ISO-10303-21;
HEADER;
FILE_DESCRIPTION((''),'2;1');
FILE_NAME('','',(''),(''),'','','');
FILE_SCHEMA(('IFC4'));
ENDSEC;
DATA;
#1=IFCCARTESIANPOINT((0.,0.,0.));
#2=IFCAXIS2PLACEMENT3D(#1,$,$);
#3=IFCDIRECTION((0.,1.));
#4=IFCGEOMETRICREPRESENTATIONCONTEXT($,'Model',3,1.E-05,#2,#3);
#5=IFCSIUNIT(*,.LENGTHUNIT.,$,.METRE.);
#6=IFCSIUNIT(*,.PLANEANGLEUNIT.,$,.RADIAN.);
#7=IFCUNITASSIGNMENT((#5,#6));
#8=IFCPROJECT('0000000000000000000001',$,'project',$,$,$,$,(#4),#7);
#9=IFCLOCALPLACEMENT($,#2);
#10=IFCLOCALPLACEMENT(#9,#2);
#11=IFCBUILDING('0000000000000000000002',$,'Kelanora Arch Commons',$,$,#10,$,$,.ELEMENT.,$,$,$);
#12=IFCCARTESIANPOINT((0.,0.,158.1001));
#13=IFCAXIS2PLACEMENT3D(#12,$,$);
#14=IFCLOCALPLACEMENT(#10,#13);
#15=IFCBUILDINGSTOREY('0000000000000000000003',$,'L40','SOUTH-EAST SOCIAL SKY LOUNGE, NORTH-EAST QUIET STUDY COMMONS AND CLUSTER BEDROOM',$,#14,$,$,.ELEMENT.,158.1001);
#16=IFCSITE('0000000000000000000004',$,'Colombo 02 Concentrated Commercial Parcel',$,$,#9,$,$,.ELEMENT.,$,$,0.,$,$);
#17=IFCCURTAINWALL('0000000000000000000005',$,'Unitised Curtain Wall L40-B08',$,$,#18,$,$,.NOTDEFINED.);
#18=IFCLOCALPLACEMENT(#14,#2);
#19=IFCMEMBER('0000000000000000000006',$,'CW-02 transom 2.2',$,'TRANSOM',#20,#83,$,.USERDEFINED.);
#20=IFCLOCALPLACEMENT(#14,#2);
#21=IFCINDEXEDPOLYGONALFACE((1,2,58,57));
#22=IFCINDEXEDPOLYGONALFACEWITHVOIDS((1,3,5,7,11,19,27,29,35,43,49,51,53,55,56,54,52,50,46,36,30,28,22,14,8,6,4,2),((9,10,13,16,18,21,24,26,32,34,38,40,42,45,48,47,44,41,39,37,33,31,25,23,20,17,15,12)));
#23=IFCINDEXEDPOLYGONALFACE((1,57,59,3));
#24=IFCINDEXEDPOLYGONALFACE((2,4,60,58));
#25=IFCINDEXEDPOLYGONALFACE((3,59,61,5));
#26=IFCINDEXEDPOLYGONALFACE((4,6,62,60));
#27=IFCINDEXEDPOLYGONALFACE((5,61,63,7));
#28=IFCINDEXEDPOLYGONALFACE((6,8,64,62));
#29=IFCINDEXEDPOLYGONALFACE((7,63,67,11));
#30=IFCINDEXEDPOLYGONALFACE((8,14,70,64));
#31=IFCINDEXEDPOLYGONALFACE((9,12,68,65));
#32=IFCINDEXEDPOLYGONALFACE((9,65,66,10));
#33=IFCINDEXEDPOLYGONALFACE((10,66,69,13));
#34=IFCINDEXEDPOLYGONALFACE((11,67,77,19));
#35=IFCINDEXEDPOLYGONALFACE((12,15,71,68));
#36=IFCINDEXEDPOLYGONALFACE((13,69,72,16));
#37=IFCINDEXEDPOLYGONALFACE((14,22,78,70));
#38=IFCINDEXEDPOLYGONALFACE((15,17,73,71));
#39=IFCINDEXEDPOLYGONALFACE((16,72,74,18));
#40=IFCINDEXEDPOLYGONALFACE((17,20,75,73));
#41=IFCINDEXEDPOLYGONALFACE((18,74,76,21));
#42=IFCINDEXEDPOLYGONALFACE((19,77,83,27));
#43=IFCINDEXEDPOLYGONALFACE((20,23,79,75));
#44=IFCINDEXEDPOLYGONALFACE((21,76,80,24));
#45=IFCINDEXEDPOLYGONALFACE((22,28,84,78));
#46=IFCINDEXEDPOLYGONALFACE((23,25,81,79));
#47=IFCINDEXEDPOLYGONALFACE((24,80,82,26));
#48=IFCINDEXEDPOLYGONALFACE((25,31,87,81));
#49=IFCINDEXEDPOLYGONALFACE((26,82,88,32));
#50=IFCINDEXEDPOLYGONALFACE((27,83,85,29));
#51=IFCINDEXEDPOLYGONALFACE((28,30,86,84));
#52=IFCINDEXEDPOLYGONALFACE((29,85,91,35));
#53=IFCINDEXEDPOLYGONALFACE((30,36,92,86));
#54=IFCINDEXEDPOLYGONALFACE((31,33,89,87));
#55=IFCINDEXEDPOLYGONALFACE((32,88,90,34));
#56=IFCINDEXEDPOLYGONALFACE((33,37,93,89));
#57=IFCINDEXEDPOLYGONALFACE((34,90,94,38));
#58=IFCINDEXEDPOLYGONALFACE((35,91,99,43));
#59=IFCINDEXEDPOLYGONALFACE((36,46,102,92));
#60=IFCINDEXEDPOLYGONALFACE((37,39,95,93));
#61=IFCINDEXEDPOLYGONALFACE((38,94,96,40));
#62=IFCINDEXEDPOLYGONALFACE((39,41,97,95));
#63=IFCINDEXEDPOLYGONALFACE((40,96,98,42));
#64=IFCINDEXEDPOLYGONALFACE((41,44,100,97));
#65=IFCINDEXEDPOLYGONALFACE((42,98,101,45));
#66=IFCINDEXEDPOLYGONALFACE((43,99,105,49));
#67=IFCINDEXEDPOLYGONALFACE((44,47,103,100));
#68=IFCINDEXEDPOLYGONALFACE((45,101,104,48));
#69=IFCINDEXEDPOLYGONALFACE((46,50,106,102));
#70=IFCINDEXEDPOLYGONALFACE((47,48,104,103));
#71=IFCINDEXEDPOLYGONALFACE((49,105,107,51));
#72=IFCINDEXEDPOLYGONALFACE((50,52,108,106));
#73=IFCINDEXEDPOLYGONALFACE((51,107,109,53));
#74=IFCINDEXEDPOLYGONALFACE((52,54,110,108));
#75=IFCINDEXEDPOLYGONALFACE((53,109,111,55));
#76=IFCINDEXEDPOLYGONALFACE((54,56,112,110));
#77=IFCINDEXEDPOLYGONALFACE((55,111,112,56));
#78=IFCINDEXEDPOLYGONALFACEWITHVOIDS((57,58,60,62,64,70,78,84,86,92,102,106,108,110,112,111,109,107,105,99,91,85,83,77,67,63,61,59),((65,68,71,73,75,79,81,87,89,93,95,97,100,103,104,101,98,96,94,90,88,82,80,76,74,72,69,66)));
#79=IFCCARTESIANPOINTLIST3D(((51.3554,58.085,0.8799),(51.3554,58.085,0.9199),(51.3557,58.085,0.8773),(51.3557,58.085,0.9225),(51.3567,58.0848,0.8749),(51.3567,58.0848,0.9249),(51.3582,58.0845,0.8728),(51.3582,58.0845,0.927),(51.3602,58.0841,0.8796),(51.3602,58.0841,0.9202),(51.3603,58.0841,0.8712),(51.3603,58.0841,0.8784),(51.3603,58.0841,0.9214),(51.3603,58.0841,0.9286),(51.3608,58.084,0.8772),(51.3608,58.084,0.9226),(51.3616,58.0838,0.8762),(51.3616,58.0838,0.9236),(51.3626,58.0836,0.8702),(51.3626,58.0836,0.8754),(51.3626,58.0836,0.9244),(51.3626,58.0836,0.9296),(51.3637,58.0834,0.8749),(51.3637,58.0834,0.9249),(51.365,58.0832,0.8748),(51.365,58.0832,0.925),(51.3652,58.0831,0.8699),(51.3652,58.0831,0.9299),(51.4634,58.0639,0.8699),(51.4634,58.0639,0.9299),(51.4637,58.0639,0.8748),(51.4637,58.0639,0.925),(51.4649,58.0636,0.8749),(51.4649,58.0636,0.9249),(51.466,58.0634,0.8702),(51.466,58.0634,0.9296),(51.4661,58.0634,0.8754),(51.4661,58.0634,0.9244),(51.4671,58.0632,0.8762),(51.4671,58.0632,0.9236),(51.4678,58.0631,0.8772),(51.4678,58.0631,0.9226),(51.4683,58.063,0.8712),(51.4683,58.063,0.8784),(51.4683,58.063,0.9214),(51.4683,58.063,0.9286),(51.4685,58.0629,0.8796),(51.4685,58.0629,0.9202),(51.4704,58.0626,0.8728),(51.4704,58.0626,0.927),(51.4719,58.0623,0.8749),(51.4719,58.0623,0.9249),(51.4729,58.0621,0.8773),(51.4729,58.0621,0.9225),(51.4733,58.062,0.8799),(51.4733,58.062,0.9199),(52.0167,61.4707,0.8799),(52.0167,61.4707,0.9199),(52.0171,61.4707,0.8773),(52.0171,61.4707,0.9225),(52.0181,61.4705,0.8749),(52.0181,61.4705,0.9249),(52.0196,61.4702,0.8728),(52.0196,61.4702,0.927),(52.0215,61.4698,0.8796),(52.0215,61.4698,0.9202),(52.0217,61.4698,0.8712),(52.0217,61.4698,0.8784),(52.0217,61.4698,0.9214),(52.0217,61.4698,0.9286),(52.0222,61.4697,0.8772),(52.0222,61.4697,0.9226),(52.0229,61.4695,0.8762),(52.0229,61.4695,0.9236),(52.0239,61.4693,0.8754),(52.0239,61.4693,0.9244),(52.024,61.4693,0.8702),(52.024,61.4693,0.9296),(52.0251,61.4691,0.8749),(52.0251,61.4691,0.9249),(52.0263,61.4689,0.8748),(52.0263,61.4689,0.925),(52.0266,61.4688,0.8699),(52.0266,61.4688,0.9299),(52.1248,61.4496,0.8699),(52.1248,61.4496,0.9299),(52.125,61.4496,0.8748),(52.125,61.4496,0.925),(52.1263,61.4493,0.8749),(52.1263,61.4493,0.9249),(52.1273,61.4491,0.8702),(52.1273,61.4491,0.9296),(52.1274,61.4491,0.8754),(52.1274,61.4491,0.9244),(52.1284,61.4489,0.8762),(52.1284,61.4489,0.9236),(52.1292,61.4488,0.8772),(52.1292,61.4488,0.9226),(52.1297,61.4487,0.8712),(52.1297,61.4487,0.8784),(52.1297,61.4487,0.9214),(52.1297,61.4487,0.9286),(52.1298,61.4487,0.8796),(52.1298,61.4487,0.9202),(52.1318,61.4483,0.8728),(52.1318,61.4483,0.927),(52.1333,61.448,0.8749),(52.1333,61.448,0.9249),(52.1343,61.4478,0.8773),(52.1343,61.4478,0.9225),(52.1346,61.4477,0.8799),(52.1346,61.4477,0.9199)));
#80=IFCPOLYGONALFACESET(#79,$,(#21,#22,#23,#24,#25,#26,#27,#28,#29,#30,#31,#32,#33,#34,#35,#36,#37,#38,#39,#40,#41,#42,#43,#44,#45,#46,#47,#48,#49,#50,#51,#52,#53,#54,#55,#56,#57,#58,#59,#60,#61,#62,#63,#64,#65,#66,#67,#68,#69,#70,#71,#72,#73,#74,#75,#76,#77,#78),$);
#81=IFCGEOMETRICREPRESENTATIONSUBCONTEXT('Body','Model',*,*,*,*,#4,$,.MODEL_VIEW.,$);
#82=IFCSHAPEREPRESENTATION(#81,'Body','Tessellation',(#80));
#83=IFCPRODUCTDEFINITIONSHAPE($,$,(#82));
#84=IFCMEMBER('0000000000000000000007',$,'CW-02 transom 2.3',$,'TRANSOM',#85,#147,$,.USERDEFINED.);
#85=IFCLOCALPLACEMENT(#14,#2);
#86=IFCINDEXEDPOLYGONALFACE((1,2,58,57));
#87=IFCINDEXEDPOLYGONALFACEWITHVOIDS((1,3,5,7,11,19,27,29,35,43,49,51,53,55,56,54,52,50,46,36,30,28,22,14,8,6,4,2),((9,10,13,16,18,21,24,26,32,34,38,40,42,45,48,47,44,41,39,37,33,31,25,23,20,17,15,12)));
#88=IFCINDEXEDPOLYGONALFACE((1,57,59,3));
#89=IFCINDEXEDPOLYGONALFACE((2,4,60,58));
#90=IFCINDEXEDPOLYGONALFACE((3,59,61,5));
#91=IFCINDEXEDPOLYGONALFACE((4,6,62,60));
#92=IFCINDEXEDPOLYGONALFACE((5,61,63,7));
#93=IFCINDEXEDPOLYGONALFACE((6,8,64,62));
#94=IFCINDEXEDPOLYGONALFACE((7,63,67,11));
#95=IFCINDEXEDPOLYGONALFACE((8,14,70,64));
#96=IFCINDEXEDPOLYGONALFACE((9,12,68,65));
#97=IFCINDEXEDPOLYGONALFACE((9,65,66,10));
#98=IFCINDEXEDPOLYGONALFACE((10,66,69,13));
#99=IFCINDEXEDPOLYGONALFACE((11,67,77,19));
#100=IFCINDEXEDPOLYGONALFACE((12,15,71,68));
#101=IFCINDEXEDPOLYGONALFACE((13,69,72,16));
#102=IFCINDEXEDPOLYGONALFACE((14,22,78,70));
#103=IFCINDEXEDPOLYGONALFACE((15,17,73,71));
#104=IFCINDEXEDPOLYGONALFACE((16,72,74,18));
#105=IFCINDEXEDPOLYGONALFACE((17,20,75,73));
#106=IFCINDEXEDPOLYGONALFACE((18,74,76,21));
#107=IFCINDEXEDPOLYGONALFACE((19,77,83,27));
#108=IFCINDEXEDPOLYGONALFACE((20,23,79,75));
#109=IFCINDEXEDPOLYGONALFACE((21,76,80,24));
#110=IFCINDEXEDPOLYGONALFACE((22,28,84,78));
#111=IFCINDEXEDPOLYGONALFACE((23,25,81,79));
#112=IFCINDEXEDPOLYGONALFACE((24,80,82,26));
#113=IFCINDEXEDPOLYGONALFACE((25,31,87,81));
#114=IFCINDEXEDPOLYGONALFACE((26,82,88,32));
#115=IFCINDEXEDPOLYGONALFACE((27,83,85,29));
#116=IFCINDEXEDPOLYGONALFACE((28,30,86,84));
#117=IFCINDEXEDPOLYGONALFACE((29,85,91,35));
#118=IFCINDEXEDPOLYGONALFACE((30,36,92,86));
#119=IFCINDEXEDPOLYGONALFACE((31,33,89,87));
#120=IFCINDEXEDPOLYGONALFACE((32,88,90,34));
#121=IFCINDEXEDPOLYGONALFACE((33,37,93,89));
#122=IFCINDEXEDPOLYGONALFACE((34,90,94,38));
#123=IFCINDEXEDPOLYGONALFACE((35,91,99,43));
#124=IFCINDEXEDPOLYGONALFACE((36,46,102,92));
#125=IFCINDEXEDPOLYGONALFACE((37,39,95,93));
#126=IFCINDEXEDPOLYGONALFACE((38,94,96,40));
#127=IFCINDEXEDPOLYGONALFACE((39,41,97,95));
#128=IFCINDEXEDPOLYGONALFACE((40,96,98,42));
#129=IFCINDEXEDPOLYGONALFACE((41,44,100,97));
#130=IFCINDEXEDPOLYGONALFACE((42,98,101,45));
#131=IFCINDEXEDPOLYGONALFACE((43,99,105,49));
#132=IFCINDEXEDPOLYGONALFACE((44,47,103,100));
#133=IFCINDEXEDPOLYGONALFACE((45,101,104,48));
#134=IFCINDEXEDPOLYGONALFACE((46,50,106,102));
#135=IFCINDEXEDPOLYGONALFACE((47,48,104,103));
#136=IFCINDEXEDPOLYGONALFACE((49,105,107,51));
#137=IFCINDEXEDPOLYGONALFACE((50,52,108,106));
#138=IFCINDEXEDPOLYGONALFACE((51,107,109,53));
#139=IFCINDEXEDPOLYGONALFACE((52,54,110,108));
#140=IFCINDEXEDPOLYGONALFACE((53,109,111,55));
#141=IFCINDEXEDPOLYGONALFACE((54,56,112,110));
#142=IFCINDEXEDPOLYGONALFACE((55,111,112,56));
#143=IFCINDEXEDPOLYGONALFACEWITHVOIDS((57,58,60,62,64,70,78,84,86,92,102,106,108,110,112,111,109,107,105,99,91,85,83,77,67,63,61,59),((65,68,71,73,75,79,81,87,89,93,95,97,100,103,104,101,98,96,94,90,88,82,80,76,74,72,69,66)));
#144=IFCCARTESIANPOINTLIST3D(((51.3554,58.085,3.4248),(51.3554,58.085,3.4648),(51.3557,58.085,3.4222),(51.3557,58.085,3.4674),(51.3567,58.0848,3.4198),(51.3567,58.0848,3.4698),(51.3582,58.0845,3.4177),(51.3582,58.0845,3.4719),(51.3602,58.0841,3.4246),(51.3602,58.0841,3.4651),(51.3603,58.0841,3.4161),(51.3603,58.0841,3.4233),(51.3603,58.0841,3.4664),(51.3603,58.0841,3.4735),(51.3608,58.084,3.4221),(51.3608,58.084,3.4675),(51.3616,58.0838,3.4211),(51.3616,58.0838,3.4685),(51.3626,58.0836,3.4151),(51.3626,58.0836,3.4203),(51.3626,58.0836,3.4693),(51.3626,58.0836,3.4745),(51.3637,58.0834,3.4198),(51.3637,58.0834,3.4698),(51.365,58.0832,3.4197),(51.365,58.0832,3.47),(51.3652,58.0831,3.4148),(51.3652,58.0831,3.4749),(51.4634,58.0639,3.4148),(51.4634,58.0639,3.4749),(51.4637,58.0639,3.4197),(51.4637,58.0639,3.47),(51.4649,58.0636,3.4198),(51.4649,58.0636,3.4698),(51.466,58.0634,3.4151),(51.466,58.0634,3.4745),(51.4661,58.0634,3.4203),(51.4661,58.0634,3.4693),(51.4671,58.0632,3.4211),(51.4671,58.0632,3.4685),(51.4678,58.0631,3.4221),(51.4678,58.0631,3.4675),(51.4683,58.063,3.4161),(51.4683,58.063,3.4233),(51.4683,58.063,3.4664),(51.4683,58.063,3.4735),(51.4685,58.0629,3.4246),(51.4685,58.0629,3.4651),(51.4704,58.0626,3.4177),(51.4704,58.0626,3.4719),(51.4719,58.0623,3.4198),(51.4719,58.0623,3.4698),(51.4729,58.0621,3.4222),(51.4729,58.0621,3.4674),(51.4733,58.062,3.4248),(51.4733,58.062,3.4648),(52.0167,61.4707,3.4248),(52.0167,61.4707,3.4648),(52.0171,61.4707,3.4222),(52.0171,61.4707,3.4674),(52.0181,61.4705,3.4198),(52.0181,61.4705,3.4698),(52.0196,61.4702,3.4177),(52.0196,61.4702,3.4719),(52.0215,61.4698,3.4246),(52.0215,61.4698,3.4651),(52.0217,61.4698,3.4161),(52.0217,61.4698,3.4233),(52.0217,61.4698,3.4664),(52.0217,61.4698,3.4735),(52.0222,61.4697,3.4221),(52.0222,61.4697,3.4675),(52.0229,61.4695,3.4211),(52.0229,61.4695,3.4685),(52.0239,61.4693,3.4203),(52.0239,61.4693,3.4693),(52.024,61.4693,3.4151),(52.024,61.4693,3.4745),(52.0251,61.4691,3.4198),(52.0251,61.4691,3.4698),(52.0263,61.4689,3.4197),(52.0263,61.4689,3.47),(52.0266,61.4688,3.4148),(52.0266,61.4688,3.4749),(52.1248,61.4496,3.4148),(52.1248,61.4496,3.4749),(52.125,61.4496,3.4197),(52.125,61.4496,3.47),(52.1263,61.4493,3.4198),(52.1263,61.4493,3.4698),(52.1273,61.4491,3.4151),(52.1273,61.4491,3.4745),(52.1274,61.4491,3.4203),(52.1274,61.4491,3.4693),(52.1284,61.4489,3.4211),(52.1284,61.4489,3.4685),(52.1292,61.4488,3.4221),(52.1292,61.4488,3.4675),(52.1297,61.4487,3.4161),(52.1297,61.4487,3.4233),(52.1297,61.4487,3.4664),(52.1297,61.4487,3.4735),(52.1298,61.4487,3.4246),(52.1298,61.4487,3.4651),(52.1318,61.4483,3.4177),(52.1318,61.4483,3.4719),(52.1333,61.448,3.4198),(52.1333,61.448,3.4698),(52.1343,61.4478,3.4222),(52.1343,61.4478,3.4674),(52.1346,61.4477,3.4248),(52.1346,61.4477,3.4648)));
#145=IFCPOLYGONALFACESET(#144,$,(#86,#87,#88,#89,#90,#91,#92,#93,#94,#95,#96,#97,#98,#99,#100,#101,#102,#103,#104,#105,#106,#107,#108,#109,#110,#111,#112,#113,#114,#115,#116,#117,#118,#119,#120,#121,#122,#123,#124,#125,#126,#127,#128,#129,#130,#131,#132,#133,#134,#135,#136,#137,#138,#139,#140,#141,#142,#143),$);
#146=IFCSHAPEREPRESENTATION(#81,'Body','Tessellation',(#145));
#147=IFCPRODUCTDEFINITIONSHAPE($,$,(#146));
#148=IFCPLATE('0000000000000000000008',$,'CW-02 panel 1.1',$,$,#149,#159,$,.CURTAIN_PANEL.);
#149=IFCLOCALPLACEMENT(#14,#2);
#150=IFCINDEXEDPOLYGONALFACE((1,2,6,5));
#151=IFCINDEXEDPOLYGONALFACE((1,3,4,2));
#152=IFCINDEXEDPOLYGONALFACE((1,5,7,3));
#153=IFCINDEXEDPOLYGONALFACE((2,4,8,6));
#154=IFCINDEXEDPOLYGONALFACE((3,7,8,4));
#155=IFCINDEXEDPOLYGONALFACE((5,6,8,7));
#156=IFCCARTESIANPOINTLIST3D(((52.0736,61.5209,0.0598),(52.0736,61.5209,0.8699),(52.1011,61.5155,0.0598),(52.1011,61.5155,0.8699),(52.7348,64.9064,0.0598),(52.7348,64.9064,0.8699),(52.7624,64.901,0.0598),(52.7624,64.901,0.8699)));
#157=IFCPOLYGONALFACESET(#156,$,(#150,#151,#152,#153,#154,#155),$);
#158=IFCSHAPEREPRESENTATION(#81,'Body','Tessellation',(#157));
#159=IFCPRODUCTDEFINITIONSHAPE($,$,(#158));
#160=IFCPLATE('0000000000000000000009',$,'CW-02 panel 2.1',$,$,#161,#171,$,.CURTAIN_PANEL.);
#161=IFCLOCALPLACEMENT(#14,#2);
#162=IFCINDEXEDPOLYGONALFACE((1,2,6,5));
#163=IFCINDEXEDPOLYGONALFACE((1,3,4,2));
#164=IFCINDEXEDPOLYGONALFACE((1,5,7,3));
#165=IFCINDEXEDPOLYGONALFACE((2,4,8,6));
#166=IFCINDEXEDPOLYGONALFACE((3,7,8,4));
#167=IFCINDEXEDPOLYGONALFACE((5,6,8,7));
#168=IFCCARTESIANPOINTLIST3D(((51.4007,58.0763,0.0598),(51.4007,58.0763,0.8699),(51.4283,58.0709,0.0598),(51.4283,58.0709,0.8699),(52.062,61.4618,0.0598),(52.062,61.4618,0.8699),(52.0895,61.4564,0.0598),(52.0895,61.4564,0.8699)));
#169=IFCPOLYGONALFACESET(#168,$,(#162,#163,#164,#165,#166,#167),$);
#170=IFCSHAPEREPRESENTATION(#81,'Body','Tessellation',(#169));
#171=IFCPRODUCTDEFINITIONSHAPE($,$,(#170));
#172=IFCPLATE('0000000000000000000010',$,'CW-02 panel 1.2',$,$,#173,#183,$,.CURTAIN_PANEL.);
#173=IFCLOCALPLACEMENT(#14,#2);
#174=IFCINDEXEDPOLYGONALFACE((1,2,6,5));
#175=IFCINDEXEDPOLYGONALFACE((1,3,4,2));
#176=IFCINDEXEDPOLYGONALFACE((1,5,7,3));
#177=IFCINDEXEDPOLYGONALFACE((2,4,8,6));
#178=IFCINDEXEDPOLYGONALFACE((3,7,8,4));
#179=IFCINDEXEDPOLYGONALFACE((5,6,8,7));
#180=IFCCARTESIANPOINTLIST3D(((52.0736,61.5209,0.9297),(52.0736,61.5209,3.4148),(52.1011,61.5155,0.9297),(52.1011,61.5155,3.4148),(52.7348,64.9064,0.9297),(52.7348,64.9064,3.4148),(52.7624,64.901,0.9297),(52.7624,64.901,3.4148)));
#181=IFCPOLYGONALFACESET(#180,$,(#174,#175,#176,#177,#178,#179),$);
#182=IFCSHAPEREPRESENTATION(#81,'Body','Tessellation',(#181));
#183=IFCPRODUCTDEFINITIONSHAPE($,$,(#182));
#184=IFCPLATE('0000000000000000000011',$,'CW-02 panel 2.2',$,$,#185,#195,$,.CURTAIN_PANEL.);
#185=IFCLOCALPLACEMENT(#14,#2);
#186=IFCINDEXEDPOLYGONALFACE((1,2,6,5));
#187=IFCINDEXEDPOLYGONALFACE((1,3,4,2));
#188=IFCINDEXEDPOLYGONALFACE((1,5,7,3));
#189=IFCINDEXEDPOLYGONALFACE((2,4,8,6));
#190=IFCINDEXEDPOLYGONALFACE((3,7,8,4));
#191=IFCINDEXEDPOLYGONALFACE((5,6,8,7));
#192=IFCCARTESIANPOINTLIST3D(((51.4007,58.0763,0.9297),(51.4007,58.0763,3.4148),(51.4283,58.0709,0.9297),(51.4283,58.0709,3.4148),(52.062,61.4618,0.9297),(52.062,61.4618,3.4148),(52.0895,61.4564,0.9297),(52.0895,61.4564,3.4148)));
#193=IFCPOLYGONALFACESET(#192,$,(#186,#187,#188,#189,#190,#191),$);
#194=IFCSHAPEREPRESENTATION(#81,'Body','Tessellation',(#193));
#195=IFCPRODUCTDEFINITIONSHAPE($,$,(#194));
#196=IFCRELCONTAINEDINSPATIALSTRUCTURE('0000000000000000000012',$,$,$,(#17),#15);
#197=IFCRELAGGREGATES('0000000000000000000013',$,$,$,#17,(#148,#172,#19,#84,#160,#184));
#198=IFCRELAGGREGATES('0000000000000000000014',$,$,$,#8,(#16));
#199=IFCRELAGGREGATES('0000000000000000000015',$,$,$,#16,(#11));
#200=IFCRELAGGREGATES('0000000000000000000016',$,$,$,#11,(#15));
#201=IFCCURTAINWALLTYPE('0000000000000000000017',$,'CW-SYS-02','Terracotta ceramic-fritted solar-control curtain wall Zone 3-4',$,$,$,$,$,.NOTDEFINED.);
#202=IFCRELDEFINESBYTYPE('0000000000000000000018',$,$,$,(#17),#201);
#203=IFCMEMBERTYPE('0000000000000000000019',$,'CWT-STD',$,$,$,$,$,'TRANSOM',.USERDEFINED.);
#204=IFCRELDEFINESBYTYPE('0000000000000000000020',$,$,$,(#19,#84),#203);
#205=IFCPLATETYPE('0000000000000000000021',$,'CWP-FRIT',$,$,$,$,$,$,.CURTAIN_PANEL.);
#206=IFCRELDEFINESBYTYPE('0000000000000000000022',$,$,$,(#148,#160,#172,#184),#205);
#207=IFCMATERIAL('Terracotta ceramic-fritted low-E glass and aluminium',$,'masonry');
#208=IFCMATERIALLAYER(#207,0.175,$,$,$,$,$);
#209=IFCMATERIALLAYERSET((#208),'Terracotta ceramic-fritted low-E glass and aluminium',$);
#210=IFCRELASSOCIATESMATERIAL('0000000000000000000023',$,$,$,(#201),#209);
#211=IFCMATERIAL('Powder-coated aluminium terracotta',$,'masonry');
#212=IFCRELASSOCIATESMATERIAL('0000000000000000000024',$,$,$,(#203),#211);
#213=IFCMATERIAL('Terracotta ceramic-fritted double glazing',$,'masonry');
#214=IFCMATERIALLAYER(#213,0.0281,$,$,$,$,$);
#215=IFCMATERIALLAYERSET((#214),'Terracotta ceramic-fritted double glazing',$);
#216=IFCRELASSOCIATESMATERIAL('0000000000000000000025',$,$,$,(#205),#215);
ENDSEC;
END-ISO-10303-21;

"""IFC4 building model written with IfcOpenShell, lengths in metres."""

from ifc_helpers import new_model, si_unit, direction, frame, origin, origin_2d, place, context, subcontext, project, spatial, rectangle, hollow_rectangle, extrude, source, transform, mapped, material, layer, layer_set, material_profile, profile_set, type_object, element, aggregate, save


model = new_model("IFC4")

# Units and contexts
model_context = context("Model", 3, precision=1e-05, world=origin(), true_north=direction((0.0, 1.0)))
body_context = subcontext(model_context, "Body", "Model", "MODEL_VIEW")
ifc_project = project(units=[si_unit("LENGTHUNIT", "METRE"), si_unit("PLANEANGLEUNIT", "RADIAN")], contexts=[model_context])

# Site, building, storey
site_placement = place(None, origin())
site = spatial("IfcSite", under=ifc_project, at=site_placement, Name="Colombo 02 Concentrated Commercial Parcel", CompositionType="ELEMENT", RefElevation=0.0)
building_placement = place(site_placement, origin())
building = spatial("IfcBuilding", under=site, at=building_placement, Name="Kelanora Arch Commons", CompositionType="ELEMENT")
storey_placement = place(building_placement, frame((0.0, 0.0, 158.1001)))
storey = spatial("IfcBuildingStorey", under=building, at=storey_placement, Name="L40", Description="SOUTH-EAST SOCIAL SKY LOUNGE, NORTH-EAST QUIET STUDY COMMONS AND CLUSTER BEDROOM", CompositionType="ELEMENT", Elevation=158.1001)

# Curtain wall, members, plates
ifc_material_1 = material(Name="Terracotta ceramic-fritted low-E glass and aluminium", Category="masonry")
ifc_layer_1 = layer(ifc_material_1, 0.175)
ifc_layer_set_1 = layer_set([ifc_layer_1], Name="Terracotta ceramic-fritted low-E glass and aluminium")
curtain_wall_type = type_object("IfcCurtainWallType", Name="CW-SYS-02", Description="Terracotta ceramic-fritted solar-control curtain wall Zone 3-4", PredefinedType="NOTDEFINED", material=ifc_layer_set_1)
curtain_wall_placement = place(storey_placement, origin())
curtain_wall = element("IfcCurtainWall", 1, at=curtain_wall_placement, inside=storey, type_object=curtain_wall_type, Name="Unitised Curtain Wall L40-B08", PredefinedType="NOTDEFINED")
ifc_material_2 = material(Name="Powder-coated aluminium terracotta", Category="masonry")
ifc_material_profile_1 = material_profile(ifc_material_2, hollow_rectangle(XDim=0.1201, YDim=0.0601, WallThickness=0.0049, InnerFilletRadius=0.0049, OuterFilletRadius=0.01, at=origin_2d()), Name="CWT120x60")
ifc_profile_set_1 = profile_set([ifc_material_profile_1], Name="Powder-coated aluminium terracotta")
member_type_1 = type_object("IfcMemberType", Name="CWT-STD", ElementType="TRANSOM", PredefinedType="USERDEFINED", material=ifc_profile_set_1)
member_1_placement = place(storey_placement, frame((52.0757, 61.4592, 0.8999), z_axis=(-0.191718, -0.98145, 0.0), x_axis=(0.98145, -0.191718, 0.0)))
member_1 = element("IfcMember", 2, at=member_1_placement, type_object=member_type_1, Name="CW-02 transom 2.2", ObjectType="TRANSOM", PredefinedType="USERDEFINED", context=body_context, shape_type="SweptSolid", body=[
    extrude(hollow_rectangle(XDim=0.1201, YDim=0.0601, WallThickness=0.0049, InnerFilletRadius=0.0049, OuterFilletRadius=0.01, at=origin_2d()), origin(), (0.0, 0.0, 1.0), 3.4497),
])
member_2_placement = place(storey_placement, frame((52.0757, 61.4592, 3.4448), z_axis=(-0.191718, -0.98145, 0.0), x_axis=(0.98145, -0.191718, 0.0)))
member_2 = element("IfcMember", 3, at=member_2_placement, type_object=member_type_1, Name="CW-02 transom 2.3", ObjectType="TRANSOM", PredefinedType="USERDEFINED", context=body_context, shape_type="SweptSolid", body=[
    extrude(hollow_rectangle(XDim=0.1201, YDim=0.0601, WallThickness=0.0049, InnerFilletRadius=0.0049, OuterFilletRadius=0.01, at=origin_2d()), origin(), (0.0, 0.0, 1.0), 3.4497),
])
ifc_material_3 = material(Name="Terracotta ceramic-fritted double glazing", Category="masonry")
ifc_layer_2 = layer(ifc_material_3, 0.0281)
ifc_layer_set_2 = layer_set([ifc_layer_2], Name="Terracotta ceramic-fritted double glazing")
plate_type = type_object("IfcPlateType", Name="CWP-FRIT", PredefinedType="CURTAIN_PANEL", material=ifc_layer_set_2)
shared_shape_1 = source(origin(), body_context, "Body", "SweptSolid", [
    extrude(rectangle(XDim=3.4495, YDim=0.0281, at=origin_2d()), origin(), (0.0, 0.0, 1.0), 0.8101),
])
plate_1_placement = place(storey_placement, frame((52.418, 63.2109, 0.0598), z_axis=(0.0, 0.0, 1.0), x_axis=(-0.191705, -0.981453, 0.0)))
plate_1 = element("IfcPlate", 4, at=plate_1_placement, type_object=plate_type, Name="CW-02 panel 1.1", PredefinedType="CURTAIN_PANEL", context=body_context, shape_type="MappedRepresentation", body=[
    mapped(shared_shape_1, transform((0.0, 0.0, 0.0), scale=1.0)),
])
plate_2_placement = place(storey_placement, frame((51.7451, 59.7664, 0.0598), z_axis=(0.0, 0.0, 1.0), x_axis=(-0.191705, -0.981453, 0.0)))
plate_2 = element("IfcPlate", 5, at=plate_2_placement, type_object=plate_type, Name="CW-02 panel 2.1", PredefinedType="CURTAIN_PANEL", context=body_context, shape_type="MappedRepresentation", body=[
    mapped(shared_shape_1, transform((0.0, 0.0, 0.0), scale=1.0)),
])
shared_shape_2 = source(origin(), body_context, "Body", "SweptSolid", [
    extrude(rectangle(XDim=3.4495, YDim=0.0281, at=origin_2d()), origin(), (0.0, 0.0, 1.0), 2.4851),
])
plate_3_placement = place(storey_placement, frame((52.418, 63.2109, 0.9297), z_axis=(0.0, 0.0, 1.0), x_axis=(-0.191705, -0.981453, 0.0)))
plate_3 = element("IfcPlate", 6, at=plate_3_placement, type_object=plate_type, Name="CW-02 panel 1.2", PredefinedType="CURTAIN_PANEL", context=body_context, shape_type="MappedRepresentation", body=[
    mapped(shared_shape_2, transform((0.0, 0.0, 0.0), scale=1.0)),
])
plate_4_placement = place(storey_placement, frame((51.7451, 59.7664, 0.9297), z_axis=(0.0, 0.0, 1.0), x_axis=(-0.191705, -0.981453, 0.0)))
plate_4 = element("IfcPlate", 7, at=plate_4_placement, type_object=plate_type, Name="CW-02 panel 2.2", PredefinedType="CURTAIN_PANEL", context=body_context, shape_type="MappedRepresentation", body=[
    mapped(shared_shape_2, transform((0.0, 0.0, 0.0), scale=1.0)),
])
aggregate(curtain_wall, [plate_1, plate_3, member_1, member_2, plate_2, plate_4])

save(model, "model.ifc")
